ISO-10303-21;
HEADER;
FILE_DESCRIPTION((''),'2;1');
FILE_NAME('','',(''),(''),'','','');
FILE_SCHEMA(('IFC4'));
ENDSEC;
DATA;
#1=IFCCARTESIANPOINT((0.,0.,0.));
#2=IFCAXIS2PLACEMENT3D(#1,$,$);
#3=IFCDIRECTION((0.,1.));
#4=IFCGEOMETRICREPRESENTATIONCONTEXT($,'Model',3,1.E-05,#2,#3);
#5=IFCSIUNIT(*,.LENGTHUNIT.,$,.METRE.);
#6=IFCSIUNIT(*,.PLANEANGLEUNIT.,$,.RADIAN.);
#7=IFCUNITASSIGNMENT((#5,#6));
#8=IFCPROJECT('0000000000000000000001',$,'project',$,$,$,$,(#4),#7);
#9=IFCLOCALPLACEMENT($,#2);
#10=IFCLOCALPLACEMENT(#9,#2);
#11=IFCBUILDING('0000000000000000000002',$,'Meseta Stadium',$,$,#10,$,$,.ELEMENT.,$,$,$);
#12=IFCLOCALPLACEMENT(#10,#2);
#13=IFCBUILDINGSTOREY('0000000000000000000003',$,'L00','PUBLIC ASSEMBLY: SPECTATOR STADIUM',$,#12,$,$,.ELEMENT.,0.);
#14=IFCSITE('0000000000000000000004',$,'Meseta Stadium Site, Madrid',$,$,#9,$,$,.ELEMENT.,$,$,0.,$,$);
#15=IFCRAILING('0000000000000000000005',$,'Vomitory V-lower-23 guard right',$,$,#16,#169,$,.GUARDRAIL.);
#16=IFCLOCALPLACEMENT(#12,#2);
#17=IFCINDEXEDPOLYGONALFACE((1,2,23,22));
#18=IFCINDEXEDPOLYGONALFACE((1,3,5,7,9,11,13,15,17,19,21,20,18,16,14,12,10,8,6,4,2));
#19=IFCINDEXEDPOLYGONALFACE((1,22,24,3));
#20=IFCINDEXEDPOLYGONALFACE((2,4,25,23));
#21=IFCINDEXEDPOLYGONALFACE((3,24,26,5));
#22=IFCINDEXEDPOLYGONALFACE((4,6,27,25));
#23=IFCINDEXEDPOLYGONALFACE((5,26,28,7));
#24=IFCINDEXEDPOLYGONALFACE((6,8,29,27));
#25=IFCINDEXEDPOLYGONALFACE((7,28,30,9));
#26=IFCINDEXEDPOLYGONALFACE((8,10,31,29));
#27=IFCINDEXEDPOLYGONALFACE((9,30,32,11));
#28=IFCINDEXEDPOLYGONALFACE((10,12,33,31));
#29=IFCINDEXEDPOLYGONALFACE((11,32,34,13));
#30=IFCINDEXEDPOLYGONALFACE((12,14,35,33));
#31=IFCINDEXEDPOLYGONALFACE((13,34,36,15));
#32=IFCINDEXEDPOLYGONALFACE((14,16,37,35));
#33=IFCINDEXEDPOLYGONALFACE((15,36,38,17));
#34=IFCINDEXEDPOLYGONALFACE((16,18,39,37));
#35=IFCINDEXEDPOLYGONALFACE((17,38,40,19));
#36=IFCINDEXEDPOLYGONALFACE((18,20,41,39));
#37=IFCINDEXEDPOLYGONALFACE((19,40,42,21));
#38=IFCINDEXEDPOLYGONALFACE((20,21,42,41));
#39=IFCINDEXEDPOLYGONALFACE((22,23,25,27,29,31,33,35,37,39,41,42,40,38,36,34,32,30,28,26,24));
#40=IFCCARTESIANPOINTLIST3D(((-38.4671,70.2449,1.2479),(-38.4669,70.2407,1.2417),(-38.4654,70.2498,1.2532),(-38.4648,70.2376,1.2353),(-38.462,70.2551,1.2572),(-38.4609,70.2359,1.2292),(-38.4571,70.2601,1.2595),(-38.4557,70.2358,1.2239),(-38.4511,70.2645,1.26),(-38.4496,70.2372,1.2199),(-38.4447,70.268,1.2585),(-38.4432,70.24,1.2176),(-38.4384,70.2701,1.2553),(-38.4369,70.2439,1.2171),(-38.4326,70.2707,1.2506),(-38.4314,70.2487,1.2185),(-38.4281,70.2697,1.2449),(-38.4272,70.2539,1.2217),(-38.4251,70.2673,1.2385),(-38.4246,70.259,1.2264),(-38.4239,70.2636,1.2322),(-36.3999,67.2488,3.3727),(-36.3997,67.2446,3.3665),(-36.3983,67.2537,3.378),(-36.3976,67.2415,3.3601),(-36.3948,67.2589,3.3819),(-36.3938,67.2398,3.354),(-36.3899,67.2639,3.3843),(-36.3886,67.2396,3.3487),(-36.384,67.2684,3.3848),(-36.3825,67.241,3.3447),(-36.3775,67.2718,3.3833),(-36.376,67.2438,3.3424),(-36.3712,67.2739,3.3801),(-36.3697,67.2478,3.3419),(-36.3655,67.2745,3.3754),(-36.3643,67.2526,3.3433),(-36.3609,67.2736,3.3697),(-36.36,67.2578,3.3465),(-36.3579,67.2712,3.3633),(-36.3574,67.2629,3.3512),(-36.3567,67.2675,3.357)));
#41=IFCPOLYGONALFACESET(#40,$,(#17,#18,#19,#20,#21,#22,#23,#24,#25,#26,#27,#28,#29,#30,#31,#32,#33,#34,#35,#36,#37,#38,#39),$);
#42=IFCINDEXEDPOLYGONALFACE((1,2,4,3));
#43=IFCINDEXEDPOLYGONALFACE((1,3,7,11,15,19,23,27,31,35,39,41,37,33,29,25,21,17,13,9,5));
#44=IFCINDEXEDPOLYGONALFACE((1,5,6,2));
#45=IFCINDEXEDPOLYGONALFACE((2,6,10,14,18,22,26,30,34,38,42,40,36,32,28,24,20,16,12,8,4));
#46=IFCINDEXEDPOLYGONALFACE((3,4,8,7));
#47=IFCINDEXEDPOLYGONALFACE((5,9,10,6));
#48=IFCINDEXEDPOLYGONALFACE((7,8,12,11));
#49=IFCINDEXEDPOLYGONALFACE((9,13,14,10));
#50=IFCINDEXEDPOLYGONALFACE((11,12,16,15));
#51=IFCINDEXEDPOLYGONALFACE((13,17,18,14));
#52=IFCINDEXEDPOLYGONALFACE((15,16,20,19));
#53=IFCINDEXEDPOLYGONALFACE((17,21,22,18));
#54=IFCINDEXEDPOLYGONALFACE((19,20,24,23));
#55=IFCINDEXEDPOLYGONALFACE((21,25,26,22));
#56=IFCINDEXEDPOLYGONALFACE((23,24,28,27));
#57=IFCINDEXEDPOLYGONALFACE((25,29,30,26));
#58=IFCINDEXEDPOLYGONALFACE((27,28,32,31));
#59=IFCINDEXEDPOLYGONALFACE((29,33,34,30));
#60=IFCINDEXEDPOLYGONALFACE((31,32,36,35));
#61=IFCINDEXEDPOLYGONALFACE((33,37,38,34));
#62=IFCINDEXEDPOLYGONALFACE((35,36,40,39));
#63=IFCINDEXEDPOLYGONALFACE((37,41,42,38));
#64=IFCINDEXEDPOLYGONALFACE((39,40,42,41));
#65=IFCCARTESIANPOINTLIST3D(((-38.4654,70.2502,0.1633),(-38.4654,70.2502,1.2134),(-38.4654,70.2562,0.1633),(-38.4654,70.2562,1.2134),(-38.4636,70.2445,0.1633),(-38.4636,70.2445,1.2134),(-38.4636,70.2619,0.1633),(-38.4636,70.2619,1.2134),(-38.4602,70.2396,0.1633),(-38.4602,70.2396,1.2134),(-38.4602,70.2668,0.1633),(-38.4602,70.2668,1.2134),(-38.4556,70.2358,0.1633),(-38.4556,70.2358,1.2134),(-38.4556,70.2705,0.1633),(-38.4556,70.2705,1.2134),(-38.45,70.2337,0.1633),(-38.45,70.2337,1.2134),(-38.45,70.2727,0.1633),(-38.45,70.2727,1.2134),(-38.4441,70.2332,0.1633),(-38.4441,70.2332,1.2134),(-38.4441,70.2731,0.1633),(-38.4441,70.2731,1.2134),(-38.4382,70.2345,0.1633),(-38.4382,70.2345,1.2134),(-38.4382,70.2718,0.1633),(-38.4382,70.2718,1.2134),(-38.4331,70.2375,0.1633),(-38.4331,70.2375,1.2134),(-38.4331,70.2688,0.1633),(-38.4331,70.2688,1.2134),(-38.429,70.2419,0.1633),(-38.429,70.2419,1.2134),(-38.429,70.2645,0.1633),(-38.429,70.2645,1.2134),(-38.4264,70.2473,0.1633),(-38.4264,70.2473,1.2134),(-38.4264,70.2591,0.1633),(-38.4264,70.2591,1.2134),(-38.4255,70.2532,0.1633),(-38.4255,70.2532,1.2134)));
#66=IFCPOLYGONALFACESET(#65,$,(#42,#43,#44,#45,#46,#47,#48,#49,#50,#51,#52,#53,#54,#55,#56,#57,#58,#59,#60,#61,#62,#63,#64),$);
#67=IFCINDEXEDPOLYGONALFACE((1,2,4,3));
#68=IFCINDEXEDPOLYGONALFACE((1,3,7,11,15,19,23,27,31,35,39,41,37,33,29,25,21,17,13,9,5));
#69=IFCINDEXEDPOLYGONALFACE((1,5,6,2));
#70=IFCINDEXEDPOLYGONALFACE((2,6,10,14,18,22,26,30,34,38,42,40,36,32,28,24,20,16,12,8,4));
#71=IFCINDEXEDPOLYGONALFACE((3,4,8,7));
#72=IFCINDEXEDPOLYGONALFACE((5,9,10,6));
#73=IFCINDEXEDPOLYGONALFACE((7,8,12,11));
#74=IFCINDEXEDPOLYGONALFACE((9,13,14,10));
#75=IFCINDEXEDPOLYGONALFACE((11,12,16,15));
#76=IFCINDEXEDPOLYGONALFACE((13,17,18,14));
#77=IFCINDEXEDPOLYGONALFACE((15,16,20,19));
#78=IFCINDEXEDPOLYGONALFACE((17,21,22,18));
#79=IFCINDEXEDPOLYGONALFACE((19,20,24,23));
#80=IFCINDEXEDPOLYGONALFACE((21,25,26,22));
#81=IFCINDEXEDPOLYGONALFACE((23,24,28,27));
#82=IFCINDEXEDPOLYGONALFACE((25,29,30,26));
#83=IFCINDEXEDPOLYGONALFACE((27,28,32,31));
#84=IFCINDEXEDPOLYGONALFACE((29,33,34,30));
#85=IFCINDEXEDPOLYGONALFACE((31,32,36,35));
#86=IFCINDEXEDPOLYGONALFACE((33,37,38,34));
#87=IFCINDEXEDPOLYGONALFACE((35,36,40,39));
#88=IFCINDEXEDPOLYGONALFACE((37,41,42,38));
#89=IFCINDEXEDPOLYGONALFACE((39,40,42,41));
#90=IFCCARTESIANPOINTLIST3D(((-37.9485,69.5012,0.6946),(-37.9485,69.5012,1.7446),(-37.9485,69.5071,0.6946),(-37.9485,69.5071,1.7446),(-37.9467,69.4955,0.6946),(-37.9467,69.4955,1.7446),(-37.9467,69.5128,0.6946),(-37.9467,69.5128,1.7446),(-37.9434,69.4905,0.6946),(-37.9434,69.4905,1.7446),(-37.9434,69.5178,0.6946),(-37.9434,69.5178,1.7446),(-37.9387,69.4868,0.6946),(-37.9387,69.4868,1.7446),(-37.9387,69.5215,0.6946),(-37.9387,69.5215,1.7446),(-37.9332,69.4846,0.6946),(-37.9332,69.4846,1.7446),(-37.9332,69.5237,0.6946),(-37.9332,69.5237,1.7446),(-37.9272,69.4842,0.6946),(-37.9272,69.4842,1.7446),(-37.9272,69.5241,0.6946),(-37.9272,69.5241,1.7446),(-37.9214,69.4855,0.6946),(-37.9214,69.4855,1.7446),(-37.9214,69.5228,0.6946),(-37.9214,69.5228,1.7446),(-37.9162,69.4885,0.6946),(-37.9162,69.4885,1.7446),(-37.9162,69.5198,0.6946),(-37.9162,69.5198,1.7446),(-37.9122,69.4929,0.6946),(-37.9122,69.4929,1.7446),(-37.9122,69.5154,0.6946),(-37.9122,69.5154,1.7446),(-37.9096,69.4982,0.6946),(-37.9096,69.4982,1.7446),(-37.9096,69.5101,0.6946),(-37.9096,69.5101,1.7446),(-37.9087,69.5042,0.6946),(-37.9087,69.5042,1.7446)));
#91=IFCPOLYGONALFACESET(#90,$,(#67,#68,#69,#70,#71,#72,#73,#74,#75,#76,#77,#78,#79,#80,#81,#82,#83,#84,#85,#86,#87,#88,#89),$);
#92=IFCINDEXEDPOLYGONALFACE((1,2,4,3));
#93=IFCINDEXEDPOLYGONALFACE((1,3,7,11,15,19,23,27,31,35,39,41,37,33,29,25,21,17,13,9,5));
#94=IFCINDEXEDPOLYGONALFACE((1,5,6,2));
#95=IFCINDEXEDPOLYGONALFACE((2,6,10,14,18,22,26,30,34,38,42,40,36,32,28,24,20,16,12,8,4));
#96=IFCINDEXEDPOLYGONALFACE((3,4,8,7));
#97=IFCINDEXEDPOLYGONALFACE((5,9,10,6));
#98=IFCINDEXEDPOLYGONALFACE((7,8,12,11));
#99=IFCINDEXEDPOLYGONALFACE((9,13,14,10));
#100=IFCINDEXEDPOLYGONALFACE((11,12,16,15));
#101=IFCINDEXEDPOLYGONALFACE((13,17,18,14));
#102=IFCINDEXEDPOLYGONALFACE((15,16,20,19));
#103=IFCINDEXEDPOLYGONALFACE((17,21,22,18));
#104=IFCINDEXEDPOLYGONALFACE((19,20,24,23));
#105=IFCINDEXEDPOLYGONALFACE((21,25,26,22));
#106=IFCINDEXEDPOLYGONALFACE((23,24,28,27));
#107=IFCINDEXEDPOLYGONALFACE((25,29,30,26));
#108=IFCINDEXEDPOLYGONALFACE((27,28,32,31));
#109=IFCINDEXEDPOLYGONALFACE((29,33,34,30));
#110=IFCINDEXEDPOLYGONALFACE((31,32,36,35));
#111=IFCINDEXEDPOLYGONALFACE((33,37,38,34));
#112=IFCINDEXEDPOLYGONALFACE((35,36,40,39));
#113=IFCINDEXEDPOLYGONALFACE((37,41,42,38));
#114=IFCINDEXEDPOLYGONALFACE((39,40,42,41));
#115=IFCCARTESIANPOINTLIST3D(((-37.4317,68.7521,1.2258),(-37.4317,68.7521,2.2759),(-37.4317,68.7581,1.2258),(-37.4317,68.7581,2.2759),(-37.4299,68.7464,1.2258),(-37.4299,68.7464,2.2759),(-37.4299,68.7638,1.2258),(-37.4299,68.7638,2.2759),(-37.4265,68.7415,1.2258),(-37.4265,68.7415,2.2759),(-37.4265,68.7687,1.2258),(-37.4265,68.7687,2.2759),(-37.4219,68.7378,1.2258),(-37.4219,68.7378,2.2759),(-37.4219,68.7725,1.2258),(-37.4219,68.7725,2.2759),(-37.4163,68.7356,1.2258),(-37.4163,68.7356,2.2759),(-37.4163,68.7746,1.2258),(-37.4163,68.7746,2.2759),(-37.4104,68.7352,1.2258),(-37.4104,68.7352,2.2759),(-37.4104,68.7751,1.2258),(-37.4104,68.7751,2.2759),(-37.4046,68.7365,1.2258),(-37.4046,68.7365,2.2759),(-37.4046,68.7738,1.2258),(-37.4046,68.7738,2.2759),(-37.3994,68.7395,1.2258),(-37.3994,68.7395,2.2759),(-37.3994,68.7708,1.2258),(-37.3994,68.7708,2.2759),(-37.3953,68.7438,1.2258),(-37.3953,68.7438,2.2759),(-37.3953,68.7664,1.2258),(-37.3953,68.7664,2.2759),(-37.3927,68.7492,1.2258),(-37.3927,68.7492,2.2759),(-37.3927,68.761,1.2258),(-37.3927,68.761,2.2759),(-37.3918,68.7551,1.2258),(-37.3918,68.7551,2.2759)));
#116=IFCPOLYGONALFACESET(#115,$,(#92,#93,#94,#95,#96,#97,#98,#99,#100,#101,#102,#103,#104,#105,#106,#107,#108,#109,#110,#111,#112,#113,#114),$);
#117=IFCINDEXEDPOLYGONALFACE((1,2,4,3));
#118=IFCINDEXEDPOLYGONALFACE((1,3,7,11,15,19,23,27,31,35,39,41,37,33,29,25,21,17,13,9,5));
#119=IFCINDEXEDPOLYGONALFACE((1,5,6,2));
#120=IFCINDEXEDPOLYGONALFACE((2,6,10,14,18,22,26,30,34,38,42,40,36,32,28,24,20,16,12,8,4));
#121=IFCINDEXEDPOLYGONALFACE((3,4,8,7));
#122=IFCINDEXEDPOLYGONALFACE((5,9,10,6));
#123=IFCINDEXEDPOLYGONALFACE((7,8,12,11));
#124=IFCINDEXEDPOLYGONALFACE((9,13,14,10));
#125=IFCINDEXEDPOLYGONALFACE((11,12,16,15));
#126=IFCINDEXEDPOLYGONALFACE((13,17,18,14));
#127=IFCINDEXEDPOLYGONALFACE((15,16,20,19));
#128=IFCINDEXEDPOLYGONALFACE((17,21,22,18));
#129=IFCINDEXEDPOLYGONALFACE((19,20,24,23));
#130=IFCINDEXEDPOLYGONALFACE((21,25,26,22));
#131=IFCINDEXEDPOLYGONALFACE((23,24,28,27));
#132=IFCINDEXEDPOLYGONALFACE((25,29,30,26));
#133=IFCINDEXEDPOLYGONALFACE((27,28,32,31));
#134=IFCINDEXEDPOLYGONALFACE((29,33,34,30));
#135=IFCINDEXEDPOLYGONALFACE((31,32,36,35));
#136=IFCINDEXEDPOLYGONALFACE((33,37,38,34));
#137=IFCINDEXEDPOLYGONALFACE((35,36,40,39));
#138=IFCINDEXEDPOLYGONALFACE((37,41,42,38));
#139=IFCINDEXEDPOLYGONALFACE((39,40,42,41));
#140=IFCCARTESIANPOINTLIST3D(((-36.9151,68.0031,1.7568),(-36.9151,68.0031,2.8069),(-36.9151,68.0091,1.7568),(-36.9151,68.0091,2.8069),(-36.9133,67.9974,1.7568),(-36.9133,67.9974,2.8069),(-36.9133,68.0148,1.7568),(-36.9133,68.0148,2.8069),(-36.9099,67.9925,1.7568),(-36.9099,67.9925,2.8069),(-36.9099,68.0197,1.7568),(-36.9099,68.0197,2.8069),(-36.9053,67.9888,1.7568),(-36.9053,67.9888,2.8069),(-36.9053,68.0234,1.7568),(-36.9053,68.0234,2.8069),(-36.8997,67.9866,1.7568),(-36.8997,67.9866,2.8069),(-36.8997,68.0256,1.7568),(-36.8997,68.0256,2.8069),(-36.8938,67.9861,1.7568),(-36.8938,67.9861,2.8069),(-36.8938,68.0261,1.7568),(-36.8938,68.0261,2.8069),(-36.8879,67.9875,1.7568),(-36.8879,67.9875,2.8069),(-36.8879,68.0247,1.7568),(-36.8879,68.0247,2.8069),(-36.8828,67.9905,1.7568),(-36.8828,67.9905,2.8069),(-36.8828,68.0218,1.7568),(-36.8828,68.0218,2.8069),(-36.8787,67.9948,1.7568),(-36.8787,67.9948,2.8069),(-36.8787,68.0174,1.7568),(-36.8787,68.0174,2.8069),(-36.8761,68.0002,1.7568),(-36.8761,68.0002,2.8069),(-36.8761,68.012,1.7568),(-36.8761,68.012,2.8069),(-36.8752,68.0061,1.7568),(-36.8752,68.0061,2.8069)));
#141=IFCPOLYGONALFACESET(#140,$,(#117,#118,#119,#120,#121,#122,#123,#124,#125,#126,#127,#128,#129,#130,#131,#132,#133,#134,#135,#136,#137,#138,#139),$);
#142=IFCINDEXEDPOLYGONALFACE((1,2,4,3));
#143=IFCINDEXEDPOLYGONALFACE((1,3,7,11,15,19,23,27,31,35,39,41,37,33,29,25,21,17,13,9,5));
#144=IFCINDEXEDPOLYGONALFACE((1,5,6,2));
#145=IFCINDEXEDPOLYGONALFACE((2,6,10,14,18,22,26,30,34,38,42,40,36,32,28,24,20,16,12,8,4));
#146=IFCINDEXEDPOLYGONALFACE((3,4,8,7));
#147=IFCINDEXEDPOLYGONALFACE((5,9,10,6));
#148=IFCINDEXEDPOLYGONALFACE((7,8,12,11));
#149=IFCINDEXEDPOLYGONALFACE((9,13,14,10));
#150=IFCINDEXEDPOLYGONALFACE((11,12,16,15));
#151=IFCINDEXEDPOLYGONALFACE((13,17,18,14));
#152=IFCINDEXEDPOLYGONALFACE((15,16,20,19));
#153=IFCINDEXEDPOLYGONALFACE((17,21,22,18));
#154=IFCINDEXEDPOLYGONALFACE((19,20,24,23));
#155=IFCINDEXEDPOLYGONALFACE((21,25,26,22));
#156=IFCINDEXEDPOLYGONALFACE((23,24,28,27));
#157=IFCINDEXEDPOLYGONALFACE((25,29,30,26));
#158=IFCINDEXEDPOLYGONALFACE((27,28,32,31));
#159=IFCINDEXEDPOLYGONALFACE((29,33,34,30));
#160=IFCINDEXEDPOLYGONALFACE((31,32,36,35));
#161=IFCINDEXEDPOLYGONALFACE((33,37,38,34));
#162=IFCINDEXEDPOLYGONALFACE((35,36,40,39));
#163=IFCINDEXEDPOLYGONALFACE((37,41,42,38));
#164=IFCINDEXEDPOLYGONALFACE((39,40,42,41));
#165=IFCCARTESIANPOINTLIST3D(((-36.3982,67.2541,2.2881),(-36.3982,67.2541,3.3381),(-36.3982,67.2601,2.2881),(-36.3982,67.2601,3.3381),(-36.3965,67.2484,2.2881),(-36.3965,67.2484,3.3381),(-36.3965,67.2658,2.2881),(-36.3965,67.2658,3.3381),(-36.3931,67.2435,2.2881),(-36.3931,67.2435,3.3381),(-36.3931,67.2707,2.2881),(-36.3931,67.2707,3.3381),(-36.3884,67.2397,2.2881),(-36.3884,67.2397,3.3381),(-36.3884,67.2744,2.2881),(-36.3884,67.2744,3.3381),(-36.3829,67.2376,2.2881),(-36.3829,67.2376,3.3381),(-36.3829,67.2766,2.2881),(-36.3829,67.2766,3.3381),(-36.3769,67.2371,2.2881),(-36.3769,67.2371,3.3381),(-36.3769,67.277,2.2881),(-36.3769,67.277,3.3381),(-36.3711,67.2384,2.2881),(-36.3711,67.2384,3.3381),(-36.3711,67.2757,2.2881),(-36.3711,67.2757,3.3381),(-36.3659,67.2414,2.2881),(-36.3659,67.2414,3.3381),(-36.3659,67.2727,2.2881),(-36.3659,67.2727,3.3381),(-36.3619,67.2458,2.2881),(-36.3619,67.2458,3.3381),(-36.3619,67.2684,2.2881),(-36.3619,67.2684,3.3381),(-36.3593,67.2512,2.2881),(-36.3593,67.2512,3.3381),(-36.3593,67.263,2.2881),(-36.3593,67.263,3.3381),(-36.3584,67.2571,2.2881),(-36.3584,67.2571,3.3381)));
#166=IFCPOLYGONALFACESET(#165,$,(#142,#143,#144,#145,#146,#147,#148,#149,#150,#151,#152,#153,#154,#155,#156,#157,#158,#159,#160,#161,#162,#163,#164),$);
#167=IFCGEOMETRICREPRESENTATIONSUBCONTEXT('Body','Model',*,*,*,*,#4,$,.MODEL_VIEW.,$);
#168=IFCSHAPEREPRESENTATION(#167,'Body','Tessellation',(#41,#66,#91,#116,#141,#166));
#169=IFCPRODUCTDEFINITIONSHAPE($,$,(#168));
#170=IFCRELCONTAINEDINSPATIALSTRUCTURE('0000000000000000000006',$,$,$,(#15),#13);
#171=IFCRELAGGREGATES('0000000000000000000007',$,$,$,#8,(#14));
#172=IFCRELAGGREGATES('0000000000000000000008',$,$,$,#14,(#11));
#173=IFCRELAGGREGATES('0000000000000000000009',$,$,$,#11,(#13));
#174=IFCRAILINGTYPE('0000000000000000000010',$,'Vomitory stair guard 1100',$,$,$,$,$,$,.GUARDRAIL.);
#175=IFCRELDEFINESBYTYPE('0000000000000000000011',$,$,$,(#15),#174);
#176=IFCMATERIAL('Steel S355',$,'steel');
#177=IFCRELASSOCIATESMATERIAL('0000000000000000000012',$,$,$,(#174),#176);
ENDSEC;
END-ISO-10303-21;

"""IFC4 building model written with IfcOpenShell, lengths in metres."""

from ifc_helpers import new_model, si_unit, direction, frame, origin, origin_2d, place, context, subcontext, project, spatial, circle, extrude, material, type_object, element, save


model = new_model("IFC4")

# Units and contexts
model_context = context("Model", 3, precision=1e-05, world=origin(), true_north=direction((0.0, 1.0)))
body_context = subcontext(model_context, "Body", "Model", "MODEL_VIEW")
ifc_project = project(units=[si_unit("LENGTHUNIT", "METRE"), si_unit("PLANEANGLEUNIT", "RADIAN")], contexts=[model_context])

# Site, building, storey
site_placement = place(None, origin())
site = spatial("IfcSite", under=ifc_project, at=site_placement, Name="Meseta Stadium Site, Madrid", CompositionType="ELEMENT", RefElevation=0.0)
building_placement = place(site_placement, origin())
building = spatial("IfcBuilding", under=site, at=building_placement, Name="Meseta Stadium", CompositionType="ELEMENT")
storey_placement = place(building_placement, origin())
storey = spatial("IfcBuildingStorey", under=building, at=storey_placement, Name="L00", Description="PUBLIC ASSEMBLY: SPECTATOR STADIUM", CompositionType="ELEMENT", Elevation=0.0)

# Railing
ifc_material_1 = material(Name="Steel S355", Category="steel")
railing_type_1 = type_object("IfcRailingType", Name="Vomitory stair guard 1100", PredefinedType="GUARDRAIL", material=ifc_material_1)
for number, where, name in (
    (1, (-38.4456, 70.2532, 0.1633), "Vomitory V-lower-23 guard right"),
):
    element("IfcRailing", number, at=place(storey_placement, frame(where)), inside=storey, type_object=railing_type_1, Name=name, PredefinedType="GUARDRAIL", context=body_context, shape_type="SweptSolid", body=[
        extrude(circle(Radius=0.0249, at=origin_2d()), frame((0.0, 0.0, 1.0752), z_axis=(0.490452, -0.710857, 0.504122), x_axis=(0.823101, 0.567894, 0.0)), (0.0, 0.0, 1.0), 4.2148),
        extrude(circle(Radius=0.02, at=origin_2d()), origin(), (0.0, 0.0, 1.0), 1.05),
        extrude(circle(Radius=0.02, at=origin_2d()), frame((0.5168, -0.749, 0.5312)), (0.0, 0.0, 1.0), 1.05),
        extrude(circle(Radius=0.02, at=origin_2d()), frame((1.0337, -1.498, 1.0625)), (0.0, 0.0, 1.0), 1.05),
        extrude(circle(Radius=0.02, at=origin_2d()), frame((1.5503, -2.2471, 1.5935)), (0.0, 0.0, 1.0), 1.05),
        extrude(circle(Radius=0.02, at=origin_2d()), frame((2.0671, -2.9961, 2.1248)), (0.0, 0.0, 1.0), 1.05),
    ])

save(model, "model.ifc")
